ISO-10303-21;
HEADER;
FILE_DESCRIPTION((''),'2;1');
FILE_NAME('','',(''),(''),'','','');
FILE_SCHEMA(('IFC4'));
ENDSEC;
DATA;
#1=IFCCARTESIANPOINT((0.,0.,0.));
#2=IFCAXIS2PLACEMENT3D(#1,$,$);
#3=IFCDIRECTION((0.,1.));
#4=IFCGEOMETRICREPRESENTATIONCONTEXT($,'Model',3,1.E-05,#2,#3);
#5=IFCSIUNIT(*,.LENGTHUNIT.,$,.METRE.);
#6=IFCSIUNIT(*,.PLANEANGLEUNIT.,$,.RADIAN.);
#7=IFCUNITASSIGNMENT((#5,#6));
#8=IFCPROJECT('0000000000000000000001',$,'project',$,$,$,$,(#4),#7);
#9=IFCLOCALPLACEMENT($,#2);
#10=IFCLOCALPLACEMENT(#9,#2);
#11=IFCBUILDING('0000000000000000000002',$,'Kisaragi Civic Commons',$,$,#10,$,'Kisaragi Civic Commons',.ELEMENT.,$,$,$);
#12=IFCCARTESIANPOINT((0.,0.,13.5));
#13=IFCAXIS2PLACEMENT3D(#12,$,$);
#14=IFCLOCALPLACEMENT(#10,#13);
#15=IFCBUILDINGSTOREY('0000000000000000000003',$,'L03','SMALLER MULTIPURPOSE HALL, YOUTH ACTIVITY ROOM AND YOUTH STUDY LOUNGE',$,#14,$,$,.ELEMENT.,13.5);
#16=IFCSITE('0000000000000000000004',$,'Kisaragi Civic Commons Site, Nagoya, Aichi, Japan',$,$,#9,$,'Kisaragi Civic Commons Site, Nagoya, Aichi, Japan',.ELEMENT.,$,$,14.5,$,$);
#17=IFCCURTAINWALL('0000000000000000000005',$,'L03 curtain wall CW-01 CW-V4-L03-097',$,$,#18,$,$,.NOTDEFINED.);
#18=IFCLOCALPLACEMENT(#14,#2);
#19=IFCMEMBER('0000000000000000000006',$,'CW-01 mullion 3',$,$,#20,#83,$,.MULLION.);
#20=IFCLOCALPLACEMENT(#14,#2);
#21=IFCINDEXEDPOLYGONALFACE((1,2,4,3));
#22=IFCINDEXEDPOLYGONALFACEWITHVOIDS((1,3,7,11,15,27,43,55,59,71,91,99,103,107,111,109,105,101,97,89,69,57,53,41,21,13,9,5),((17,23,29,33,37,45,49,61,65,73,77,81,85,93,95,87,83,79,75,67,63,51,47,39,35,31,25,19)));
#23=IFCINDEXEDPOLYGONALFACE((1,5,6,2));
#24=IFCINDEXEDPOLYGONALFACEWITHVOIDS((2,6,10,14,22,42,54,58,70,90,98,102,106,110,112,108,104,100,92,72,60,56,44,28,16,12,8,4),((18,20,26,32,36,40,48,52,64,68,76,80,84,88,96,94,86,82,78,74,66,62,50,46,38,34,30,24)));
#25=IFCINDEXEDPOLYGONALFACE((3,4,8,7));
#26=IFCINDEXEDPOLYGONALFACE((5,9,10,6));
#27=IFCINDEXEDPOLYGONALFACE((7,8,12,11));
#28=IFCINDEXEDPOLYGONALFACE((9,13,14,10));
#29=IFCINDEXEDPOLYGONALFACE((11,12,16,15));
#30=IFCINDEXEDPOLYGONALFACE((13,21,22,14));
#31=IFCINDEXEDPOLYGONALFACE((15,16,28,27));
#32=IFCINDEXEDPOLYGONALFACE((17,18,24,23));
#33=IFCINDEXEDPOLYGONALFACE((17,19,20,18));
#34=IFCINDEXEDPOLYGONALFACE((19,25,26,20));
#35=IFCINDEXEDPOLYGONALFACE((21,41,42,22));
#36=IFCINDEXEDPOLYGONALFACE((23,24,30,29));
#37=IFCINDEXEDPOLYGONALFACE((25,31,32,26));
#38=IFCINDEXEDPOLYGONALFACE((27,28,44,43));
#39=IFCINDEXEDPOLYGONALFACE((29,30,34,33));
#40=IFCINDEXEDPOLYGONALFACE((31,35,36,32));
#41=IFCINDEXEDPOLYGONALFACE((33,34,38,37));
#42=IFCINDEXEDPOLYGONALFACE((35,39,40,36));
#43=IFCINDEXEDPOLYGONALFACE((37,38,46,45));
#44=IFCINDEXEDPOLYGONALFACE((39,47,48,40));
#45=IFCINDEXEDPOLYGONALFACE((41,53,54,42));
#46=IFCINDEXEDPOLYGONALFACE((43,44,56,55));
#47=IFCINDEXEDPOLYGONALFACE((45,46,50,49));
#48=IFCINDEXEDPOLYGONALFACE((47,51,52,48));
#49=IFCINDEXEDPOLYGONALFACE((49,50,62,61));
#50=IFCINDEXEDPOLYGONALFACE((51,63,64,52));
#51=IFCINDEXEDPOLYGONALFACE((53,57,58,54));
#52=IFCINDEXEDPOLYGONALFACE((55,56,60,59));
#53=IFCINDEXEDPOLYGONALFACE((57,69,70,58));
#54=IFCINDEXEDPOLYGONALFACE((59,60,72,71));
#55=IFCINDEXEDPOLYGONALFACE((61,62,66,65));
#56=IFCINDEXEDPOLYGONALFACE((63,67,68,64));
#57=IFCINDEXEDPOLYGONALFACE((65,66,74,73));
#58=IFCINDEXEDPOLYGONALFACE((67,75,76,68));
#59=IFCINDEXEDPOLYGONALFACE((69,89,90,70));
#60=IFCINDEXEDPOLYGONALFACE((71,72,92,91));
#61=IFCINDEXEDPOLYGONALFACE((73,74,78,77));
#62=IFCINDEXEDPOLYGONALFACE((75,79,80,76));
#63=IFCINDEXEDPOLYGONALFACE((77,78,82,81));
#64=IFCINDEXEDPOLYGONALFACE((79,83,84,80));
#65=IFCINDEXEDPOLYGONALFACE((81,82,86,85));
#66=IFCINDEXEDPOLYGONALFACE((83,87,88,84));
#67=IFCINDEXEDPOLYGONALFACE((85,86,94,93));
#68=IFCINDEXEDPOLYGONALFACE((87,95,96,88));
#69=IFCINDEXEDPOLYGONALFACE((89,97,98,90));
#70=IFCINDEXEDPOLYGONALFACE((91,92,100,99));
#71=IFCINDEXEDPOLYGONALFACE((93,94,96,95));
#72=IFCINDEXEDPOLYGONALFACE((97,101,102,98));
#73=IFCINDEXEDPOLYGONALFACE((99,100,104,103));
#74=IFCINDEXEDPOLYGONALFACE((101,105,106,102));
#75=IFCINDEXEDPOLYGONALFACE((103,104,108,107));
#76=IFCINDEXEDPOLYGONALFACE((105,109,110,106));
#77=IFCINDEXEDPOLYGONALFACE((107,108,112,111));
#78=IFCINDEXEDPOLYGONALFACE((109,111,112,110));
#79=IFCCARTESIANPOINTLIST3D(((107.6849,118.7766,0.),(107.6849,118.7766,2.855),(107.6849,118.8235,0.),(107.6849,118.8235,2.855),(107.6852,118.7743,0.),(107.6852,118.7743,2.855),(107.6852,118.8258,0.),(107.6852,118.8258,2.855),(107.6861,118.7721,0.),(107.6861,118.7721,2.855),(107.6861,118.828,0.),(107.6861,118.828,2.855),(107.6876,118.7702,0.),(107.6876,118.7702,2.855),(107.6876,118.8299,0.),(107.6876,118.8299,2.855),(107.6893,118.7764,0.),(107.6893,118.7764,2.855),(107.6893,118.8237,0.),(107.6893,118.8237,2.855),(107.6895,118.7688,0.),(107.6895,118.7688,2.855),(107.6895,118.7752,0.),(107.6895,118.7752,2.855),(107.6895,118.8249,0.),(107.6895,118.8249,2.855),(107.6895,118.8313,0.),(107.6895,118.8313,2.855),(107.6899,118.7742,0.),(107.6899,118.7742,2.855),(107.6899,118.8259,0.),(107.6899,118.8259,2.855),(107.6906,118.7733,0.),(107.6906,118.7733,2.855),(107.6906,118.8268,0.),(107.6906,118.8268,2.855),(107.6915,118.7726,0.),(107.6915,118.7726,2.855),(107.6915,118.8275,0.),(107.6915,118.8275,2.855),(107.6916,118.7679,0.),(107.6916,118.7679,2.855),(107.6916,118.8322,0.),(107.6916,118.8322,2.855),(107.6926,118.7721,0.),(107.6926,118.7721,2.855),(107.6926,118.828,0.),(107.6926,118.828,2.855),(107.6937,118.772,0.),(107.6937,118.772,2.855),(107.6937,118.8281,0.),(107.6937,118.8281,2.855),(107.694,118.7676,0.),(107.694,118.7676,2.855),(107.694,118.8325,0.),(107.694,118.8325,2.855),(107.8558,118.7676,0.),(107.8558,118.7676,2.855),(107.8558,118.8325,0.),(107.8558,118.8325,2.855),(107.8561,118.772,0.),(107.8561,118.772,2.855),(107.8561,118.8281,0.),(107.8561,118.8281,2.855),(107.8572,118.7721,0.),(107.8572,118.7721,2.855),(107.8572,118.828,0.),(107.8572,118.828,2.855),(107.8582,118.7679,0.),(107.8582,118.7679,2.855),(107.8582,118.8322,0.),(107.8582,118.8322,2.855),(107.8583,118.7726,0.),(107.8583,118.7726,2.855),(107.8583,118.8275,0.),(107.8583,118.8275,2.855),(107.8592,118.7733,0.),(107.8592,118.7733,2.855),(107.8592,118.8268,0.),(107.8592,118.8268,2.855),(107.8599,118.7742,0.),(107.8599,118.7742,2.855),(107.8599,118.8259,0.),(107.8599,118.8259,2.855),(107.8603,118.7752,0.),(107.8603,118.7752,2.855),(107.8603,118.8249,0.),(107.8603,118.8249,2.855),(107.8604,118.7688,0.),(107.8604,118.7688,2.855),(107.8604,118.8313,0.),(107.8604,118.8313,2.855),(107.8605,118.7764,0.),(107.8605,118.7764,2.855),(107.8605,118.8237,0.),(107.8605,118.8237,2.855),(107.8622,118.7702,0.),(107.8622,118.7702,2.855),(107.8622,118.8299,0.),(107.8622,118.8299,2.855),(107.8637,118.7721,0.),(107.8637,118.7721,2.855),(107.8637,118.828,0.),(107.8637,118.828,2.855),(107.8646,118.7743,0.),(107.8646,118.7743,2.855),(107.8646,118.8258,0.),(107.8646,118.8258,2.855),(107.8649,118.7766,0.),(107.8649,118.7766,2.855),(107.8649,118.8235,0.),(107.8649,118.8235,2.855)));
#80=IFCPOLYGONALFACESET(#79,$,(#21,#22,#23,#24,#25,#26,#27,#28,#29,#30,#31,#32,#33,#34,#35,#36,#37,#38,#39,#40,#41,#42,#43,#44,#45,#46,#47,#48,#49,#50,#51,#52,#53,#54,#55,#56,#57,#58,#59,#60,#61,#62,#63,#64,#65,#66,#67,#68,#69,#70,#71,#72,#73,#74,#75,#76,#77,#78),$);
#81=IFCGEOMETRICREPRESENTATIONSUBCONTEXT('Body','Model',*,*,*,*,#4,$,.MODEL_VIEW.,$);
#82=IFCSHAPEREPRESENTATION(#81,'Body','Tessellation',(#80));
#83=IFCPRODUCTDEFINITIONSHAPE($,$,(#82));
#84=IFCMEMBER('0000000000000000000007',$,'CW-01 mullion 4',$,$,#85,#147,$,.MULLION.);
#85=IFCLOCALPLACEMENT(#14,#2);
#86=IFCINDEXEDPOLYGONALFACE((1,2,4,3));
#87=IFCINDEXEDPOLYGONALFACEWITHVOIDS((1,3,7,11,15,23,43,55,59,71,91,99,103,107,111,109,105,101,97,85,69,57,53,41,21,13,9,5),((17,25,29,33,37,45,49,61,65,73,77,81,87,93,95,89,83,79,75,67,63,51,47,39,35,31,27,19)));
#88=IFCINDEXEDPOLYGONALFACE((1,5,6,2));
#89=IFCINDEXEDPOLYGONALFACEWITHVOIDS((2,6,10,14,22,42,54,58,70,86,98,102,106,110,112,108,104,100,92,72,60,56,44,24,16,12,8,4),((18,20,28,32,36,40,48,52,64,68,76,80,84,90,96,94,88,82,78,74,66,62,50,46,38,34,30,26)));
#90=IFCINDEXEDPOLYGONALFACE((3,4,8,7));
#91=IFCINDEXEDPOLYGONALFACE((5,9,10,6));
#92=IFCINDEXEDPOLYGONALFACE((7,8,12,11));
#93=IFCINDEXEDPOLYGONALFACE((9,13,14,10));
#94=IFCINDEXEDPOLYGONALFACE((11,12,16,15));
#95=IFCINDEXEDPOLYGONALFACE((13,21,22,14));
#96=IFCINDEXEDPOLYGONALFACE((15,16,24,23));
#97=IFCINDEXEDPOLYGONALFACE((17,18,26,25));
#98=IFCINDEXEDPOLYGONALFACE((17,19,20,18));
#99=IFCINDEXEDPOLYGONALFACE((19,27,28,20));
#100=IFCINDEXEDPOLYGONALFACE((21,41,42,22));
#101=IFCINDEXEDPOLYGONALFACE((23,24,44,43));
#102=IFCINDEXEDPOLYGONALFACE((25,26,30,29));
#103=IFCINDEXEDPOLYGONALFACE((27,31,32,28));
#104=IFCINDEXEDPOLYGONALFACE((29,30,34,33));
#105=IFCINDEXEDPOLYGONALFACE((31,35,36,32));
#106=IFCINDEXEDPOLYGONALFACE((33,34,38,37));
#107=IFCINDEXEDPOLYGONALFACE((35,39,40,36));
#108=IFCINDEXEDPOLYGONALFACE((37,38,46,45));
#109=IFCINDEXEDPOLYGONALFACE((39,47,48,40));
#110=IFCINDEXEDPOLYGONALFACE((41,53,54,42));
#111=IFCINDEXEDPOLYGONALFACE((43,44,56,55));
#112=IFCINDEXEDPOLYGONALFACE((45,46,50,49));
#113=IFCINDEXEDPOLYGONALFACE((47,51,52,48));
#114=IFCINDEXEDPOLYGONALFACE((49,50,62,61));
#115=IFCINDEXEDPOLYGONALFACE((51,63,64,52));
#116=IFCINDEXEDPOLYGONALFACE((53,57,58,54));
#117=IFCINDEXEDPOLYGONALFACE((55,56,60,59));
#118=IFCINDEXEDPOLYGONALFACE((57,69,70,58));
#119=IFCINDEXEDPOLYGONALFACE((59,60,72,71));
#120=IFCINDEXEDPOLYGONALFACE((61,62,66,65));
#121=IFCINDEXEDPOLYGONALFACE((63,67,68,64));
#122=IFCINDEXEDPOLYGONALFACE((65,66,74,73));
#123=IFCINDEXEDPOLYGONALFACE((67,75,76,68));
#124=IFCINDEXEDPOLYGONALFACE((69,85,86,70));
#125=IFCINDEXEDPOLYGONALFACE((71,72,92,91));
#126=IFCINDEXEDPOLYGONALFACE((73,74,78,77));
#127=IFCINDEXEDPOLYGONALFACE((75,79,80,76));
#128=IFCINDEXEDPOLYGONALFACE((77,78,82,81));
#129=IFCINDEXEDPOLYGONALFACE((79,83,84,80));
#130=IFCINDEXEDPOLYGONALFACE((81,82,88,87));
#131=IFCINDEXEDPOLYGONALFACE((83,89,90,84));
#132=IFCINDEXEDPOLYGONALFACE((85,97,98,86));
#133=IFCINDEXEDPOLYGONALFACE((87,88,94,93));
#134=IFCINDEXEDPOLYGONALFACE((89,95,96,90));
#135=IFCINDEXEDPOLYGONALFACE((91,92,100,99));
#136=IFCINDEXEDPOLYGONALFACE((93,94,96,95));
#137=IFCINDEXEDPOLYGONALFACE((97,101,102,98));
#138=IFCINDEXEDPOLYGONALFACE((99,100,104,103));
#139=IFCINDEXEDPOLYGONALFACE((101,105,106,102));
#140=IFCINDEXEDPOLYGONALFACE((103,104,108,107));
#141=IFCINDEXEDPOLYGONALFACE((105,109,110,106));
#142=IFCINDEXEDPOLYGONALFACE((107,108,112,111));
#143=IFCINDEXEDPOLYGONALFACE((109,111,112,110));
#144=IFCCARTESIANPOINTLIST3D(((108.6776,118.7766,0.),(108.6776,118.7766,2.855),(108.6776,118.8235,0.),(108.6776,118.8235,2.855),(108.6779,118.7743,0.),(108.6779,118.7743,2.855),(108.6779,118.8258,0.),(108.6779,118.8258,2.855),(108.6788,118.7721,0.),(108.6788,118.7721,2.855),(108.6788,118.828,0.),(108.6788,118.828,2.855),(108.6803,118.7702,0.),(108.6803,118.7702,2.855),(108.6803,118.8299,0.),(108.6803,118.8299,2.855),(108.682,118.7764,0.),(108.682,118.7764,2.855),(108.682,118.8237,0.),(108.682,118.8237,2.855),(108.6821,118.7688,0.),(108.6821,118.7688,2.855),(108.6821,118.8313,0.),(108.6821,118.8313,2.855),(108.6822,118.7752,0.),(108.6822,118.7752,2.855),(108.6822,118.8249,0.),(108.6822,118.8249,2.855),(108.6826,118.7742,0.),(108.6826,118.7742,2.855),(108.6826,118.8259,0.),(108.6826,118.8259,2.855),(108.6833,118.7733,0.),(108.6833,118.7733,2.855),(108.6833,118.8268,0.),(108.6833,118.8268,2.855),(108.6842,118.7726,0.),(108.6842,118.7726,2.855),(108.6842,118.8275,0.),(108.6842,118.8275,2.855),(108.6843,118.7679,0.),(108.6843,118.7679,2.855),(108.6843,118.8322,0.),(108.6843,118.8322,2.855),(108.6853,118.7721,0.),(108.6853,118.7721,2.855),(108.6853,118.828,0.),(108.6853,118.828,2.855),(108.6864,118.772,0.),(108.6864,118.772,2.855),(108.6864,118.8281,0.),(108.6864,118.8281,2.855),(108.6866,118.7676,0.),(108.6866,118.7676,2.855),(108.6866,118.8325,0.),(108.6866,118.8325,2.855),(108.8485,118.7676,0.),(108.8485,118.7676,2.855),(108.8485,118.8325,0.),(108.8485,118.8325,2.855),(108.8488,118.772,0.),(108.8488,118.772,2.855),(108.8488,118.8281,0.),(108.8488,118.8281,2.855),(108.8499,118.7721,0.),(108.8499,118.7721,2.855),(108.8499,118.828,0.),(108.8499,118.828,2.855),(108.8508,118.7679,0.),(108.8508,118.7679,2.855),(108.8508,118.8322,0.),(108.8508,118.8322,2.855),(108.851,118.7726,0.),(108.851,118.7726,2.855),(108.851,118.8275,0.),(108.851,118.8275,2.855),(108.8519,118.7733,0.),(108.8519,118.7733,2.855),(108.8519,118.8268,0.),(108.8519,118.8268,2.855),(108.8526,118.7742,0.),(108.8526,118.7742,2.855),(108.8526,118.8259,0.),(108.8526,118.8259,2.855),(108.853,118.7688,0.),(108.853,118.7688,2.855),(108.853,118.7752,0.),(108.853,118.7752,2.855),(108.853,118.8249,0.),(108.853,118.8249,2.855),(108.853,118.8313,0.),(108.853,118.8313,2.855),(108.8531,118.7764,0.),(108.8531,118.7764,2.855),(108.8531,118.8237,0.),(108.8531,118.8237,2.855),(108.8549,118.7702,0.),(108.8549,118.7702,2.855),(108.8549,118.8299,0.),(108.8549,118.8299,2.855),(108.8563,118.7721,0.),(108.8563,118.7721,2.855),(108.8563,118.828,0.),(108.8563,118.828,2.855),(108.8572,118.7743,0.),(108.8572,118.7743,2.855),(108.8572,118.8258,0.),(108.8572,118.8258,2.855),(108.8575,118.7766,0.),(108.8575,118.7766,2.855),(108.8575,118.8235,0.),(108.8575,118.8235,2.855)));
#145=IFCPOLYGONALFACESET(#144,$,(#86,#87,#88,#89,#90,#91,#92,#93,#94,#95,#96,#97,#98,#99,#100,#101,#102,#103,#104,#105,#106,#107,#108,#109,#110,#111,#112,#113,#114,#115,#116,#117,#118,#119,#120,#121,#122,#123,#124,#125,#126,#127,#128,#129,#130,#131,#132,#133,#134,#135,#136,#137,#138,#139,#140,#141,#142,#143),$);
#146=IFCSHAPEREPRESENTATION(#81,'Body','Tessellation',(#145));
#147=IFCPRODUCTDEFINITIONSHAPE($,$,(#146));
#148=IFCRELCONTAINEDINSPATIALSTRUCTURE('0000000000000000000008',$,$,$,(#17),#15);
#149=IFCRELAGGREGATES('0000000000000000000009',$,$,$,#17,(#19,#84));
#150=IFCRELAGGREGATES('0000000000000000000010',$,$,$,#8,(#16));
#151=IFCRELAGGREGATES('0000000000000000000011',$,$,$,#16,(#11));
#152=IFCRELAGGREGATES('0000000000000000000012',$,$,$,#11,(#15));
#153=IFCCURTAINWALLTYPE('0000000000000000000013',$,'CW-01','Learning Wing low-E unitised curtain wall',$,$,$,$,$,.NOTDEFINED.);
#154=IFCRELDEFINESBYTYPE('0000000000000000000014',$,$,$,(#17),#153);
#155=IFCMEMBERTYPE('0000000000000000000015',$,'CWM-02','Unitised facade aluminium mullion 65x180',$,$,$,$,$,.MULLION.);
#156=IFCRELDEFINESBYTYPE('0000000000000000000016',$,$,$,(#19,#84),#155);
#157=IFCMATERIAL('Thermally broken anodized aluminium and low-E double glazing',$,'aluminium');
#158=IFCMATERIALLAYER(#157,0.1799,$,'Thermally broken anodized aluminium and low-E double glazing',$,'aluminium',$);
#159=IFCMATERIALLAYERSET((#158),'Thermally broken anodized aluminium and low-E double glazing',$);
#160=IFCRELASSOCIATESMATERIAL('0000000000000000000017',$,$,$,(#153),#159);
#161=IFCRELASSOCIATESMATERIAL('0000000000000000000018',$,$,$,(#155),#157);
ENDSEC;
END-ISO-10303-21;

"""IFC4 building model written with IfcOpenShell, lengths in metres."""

from ifc_helpers import new_model, si_unit, direction, frame, origin, origin_2d, place, context, subcontext, project, spatial, hollow_rectangle, extrude, material, layer, layer_set, material_profile, profile_set, type_object, element, aggregate, save


model = new_model("IFC4")

# Units and contexts
model_context = context("Model", 3, precision=1e-05, world=origin(), true_north=direction((0.0, 1.0)))
body_context = subcontext(model_context, "Body", "Model", "MODEL_VIEW")
ifc_project = project(units=[si_unit("LENGTHUNIT", "METRE"), si_unit("PLANEANGLEUNIT", "RADIAN")], contexts=[model_context])

# Site, building, storey
site_placement = place(None, origin())
site = spatial("IfcSite", under=ifc_project, at=site_placement, Name="Kisaragi Civic Commons Site, Nagoya, Aichi, Japan", LongName="Kisaragi Civic Commons Site, Nagoya, Aichi, Japan", CompositionType="ELEMENT", RefElevation=14.5)
building_placement = place(site_placement, origin())
building = spatial("IfcBuilding", under=site, at=building_placement, Name="Kisaragi Civic Commons", LongName="Kisaragi Civic Commons", CompositionType="ELEMENT")
storey_placement = place(building_placement, frame((0.0, 0.0, 13.5)))
storey = spatial("IfcBuildingStorey", under=building, at=storey_placement, Name="L03", Description="SMALLER MULTIPURPOSE HALL, YOUTH ACTIVITY ROOM AND YOUTH STUDY LOUNGE", CompositionType="ELEMENT", Elevation=13.5)

# Curtain wall, members
ifc_material = material(Name="Thermally broken anodized aluminium and low-E double glazing", Category="aluminium")
ifc_layer_1 = layer(ifc_material, 0.1799, Name="Thermally broken anodized aluminium and low-E double glazing", Category="aluminium")
ifc_layer_set_1 = layer_set([ifc_layer_1], Name="Thermally broken anodized aluminium and low-E double glazing")
curtain_wall_type = type_object("IfcCurtainWallType", Name="CW-01", Description="Learning Wing low-E unitised curtain wall", PredefinedType="NOTDEFINED", material=ifc_layer_set_1)
curtain_wall_1_placement = place(storey_placement, origin())
curtain_wall_1 = element("IfcCurtainWall", 1, at=curtain_wall_1_placement, inside=storey, type_object=curtain_wall_type, Name="L03 curtain wall CW-01 CW-V4-L03-097", PredefinedType="NOTDEFINED")
ifc_material_profile_1 = material_profile(ifc_material, hollow_rectangle(XDim=0.0649, YDim=0.1799, WallThickness=0.0044, InnerFilletRadius=0.0044, OuterFilletRadius=0.009, at=origin_2d()), Name="CWM-65x180x4.5", Category="aluminium")
ifc_profile_set_1 = profile_set([ifc_material_profile_1], Name="Thermally broken anodized aluminium and low-E double glazing")
member_type_1 = type_object("IfcMemberType", Name="CWM-02", Description="Unitised facade aluminium mullion 65x180", PredefinedType="MULLION", material=ifc_profile_set_1)
member_1_placement = place(storey_placement, frame((107.7749, 118.8, 0.0), z_axis=(0.0, 0.0, 1.0), x_axis=(0.0, 1.0, 0.0)))
member_1 = element("IfcMember", 2, at=member_1_placement, type_object=member_type_1, Name="CW-01 mullion 3", PredefinedType="MULLION", context=body_context, shape_type="SweptSolid", body=[
    extrude(hollow_rectangle(XDim=0.0649, YDim=0.1799, WallThickness=0.0044, InnerFilletRadius=0.0044, OuterFilletRadius=0.009, at=origin_2d()), origin(), (0.0, 0.0, 1.0), 2.855),
])
member_2_placement = place(storey_placement, frame((108.7676, 118.8, 0.0), z_axis=(0.0, 0.0, 1.0), x_axis=(0.0, 1.0, 0.0)))
member_2 = element("IfcMember", 3, at=member_2_placement, type_object=member_type_1, Name="CW-01 mullion 4", PredefinedType="MULLION", context=body_context, shape_type="SweptSolid", body=[
    extrude(hollow_rectangle(XDim=0.0649, YDim=0.1799, WallThickness=0.0044, InnerFilletRadius=0.0044, OuterFilletRadius=0.009, at=origin_2d()), origin(), (0.0, 0.0, 1.0), 2.855),
])

aggregate(curtain_wall_1, [member_1, member_2])

save(model, "model.ifc")
